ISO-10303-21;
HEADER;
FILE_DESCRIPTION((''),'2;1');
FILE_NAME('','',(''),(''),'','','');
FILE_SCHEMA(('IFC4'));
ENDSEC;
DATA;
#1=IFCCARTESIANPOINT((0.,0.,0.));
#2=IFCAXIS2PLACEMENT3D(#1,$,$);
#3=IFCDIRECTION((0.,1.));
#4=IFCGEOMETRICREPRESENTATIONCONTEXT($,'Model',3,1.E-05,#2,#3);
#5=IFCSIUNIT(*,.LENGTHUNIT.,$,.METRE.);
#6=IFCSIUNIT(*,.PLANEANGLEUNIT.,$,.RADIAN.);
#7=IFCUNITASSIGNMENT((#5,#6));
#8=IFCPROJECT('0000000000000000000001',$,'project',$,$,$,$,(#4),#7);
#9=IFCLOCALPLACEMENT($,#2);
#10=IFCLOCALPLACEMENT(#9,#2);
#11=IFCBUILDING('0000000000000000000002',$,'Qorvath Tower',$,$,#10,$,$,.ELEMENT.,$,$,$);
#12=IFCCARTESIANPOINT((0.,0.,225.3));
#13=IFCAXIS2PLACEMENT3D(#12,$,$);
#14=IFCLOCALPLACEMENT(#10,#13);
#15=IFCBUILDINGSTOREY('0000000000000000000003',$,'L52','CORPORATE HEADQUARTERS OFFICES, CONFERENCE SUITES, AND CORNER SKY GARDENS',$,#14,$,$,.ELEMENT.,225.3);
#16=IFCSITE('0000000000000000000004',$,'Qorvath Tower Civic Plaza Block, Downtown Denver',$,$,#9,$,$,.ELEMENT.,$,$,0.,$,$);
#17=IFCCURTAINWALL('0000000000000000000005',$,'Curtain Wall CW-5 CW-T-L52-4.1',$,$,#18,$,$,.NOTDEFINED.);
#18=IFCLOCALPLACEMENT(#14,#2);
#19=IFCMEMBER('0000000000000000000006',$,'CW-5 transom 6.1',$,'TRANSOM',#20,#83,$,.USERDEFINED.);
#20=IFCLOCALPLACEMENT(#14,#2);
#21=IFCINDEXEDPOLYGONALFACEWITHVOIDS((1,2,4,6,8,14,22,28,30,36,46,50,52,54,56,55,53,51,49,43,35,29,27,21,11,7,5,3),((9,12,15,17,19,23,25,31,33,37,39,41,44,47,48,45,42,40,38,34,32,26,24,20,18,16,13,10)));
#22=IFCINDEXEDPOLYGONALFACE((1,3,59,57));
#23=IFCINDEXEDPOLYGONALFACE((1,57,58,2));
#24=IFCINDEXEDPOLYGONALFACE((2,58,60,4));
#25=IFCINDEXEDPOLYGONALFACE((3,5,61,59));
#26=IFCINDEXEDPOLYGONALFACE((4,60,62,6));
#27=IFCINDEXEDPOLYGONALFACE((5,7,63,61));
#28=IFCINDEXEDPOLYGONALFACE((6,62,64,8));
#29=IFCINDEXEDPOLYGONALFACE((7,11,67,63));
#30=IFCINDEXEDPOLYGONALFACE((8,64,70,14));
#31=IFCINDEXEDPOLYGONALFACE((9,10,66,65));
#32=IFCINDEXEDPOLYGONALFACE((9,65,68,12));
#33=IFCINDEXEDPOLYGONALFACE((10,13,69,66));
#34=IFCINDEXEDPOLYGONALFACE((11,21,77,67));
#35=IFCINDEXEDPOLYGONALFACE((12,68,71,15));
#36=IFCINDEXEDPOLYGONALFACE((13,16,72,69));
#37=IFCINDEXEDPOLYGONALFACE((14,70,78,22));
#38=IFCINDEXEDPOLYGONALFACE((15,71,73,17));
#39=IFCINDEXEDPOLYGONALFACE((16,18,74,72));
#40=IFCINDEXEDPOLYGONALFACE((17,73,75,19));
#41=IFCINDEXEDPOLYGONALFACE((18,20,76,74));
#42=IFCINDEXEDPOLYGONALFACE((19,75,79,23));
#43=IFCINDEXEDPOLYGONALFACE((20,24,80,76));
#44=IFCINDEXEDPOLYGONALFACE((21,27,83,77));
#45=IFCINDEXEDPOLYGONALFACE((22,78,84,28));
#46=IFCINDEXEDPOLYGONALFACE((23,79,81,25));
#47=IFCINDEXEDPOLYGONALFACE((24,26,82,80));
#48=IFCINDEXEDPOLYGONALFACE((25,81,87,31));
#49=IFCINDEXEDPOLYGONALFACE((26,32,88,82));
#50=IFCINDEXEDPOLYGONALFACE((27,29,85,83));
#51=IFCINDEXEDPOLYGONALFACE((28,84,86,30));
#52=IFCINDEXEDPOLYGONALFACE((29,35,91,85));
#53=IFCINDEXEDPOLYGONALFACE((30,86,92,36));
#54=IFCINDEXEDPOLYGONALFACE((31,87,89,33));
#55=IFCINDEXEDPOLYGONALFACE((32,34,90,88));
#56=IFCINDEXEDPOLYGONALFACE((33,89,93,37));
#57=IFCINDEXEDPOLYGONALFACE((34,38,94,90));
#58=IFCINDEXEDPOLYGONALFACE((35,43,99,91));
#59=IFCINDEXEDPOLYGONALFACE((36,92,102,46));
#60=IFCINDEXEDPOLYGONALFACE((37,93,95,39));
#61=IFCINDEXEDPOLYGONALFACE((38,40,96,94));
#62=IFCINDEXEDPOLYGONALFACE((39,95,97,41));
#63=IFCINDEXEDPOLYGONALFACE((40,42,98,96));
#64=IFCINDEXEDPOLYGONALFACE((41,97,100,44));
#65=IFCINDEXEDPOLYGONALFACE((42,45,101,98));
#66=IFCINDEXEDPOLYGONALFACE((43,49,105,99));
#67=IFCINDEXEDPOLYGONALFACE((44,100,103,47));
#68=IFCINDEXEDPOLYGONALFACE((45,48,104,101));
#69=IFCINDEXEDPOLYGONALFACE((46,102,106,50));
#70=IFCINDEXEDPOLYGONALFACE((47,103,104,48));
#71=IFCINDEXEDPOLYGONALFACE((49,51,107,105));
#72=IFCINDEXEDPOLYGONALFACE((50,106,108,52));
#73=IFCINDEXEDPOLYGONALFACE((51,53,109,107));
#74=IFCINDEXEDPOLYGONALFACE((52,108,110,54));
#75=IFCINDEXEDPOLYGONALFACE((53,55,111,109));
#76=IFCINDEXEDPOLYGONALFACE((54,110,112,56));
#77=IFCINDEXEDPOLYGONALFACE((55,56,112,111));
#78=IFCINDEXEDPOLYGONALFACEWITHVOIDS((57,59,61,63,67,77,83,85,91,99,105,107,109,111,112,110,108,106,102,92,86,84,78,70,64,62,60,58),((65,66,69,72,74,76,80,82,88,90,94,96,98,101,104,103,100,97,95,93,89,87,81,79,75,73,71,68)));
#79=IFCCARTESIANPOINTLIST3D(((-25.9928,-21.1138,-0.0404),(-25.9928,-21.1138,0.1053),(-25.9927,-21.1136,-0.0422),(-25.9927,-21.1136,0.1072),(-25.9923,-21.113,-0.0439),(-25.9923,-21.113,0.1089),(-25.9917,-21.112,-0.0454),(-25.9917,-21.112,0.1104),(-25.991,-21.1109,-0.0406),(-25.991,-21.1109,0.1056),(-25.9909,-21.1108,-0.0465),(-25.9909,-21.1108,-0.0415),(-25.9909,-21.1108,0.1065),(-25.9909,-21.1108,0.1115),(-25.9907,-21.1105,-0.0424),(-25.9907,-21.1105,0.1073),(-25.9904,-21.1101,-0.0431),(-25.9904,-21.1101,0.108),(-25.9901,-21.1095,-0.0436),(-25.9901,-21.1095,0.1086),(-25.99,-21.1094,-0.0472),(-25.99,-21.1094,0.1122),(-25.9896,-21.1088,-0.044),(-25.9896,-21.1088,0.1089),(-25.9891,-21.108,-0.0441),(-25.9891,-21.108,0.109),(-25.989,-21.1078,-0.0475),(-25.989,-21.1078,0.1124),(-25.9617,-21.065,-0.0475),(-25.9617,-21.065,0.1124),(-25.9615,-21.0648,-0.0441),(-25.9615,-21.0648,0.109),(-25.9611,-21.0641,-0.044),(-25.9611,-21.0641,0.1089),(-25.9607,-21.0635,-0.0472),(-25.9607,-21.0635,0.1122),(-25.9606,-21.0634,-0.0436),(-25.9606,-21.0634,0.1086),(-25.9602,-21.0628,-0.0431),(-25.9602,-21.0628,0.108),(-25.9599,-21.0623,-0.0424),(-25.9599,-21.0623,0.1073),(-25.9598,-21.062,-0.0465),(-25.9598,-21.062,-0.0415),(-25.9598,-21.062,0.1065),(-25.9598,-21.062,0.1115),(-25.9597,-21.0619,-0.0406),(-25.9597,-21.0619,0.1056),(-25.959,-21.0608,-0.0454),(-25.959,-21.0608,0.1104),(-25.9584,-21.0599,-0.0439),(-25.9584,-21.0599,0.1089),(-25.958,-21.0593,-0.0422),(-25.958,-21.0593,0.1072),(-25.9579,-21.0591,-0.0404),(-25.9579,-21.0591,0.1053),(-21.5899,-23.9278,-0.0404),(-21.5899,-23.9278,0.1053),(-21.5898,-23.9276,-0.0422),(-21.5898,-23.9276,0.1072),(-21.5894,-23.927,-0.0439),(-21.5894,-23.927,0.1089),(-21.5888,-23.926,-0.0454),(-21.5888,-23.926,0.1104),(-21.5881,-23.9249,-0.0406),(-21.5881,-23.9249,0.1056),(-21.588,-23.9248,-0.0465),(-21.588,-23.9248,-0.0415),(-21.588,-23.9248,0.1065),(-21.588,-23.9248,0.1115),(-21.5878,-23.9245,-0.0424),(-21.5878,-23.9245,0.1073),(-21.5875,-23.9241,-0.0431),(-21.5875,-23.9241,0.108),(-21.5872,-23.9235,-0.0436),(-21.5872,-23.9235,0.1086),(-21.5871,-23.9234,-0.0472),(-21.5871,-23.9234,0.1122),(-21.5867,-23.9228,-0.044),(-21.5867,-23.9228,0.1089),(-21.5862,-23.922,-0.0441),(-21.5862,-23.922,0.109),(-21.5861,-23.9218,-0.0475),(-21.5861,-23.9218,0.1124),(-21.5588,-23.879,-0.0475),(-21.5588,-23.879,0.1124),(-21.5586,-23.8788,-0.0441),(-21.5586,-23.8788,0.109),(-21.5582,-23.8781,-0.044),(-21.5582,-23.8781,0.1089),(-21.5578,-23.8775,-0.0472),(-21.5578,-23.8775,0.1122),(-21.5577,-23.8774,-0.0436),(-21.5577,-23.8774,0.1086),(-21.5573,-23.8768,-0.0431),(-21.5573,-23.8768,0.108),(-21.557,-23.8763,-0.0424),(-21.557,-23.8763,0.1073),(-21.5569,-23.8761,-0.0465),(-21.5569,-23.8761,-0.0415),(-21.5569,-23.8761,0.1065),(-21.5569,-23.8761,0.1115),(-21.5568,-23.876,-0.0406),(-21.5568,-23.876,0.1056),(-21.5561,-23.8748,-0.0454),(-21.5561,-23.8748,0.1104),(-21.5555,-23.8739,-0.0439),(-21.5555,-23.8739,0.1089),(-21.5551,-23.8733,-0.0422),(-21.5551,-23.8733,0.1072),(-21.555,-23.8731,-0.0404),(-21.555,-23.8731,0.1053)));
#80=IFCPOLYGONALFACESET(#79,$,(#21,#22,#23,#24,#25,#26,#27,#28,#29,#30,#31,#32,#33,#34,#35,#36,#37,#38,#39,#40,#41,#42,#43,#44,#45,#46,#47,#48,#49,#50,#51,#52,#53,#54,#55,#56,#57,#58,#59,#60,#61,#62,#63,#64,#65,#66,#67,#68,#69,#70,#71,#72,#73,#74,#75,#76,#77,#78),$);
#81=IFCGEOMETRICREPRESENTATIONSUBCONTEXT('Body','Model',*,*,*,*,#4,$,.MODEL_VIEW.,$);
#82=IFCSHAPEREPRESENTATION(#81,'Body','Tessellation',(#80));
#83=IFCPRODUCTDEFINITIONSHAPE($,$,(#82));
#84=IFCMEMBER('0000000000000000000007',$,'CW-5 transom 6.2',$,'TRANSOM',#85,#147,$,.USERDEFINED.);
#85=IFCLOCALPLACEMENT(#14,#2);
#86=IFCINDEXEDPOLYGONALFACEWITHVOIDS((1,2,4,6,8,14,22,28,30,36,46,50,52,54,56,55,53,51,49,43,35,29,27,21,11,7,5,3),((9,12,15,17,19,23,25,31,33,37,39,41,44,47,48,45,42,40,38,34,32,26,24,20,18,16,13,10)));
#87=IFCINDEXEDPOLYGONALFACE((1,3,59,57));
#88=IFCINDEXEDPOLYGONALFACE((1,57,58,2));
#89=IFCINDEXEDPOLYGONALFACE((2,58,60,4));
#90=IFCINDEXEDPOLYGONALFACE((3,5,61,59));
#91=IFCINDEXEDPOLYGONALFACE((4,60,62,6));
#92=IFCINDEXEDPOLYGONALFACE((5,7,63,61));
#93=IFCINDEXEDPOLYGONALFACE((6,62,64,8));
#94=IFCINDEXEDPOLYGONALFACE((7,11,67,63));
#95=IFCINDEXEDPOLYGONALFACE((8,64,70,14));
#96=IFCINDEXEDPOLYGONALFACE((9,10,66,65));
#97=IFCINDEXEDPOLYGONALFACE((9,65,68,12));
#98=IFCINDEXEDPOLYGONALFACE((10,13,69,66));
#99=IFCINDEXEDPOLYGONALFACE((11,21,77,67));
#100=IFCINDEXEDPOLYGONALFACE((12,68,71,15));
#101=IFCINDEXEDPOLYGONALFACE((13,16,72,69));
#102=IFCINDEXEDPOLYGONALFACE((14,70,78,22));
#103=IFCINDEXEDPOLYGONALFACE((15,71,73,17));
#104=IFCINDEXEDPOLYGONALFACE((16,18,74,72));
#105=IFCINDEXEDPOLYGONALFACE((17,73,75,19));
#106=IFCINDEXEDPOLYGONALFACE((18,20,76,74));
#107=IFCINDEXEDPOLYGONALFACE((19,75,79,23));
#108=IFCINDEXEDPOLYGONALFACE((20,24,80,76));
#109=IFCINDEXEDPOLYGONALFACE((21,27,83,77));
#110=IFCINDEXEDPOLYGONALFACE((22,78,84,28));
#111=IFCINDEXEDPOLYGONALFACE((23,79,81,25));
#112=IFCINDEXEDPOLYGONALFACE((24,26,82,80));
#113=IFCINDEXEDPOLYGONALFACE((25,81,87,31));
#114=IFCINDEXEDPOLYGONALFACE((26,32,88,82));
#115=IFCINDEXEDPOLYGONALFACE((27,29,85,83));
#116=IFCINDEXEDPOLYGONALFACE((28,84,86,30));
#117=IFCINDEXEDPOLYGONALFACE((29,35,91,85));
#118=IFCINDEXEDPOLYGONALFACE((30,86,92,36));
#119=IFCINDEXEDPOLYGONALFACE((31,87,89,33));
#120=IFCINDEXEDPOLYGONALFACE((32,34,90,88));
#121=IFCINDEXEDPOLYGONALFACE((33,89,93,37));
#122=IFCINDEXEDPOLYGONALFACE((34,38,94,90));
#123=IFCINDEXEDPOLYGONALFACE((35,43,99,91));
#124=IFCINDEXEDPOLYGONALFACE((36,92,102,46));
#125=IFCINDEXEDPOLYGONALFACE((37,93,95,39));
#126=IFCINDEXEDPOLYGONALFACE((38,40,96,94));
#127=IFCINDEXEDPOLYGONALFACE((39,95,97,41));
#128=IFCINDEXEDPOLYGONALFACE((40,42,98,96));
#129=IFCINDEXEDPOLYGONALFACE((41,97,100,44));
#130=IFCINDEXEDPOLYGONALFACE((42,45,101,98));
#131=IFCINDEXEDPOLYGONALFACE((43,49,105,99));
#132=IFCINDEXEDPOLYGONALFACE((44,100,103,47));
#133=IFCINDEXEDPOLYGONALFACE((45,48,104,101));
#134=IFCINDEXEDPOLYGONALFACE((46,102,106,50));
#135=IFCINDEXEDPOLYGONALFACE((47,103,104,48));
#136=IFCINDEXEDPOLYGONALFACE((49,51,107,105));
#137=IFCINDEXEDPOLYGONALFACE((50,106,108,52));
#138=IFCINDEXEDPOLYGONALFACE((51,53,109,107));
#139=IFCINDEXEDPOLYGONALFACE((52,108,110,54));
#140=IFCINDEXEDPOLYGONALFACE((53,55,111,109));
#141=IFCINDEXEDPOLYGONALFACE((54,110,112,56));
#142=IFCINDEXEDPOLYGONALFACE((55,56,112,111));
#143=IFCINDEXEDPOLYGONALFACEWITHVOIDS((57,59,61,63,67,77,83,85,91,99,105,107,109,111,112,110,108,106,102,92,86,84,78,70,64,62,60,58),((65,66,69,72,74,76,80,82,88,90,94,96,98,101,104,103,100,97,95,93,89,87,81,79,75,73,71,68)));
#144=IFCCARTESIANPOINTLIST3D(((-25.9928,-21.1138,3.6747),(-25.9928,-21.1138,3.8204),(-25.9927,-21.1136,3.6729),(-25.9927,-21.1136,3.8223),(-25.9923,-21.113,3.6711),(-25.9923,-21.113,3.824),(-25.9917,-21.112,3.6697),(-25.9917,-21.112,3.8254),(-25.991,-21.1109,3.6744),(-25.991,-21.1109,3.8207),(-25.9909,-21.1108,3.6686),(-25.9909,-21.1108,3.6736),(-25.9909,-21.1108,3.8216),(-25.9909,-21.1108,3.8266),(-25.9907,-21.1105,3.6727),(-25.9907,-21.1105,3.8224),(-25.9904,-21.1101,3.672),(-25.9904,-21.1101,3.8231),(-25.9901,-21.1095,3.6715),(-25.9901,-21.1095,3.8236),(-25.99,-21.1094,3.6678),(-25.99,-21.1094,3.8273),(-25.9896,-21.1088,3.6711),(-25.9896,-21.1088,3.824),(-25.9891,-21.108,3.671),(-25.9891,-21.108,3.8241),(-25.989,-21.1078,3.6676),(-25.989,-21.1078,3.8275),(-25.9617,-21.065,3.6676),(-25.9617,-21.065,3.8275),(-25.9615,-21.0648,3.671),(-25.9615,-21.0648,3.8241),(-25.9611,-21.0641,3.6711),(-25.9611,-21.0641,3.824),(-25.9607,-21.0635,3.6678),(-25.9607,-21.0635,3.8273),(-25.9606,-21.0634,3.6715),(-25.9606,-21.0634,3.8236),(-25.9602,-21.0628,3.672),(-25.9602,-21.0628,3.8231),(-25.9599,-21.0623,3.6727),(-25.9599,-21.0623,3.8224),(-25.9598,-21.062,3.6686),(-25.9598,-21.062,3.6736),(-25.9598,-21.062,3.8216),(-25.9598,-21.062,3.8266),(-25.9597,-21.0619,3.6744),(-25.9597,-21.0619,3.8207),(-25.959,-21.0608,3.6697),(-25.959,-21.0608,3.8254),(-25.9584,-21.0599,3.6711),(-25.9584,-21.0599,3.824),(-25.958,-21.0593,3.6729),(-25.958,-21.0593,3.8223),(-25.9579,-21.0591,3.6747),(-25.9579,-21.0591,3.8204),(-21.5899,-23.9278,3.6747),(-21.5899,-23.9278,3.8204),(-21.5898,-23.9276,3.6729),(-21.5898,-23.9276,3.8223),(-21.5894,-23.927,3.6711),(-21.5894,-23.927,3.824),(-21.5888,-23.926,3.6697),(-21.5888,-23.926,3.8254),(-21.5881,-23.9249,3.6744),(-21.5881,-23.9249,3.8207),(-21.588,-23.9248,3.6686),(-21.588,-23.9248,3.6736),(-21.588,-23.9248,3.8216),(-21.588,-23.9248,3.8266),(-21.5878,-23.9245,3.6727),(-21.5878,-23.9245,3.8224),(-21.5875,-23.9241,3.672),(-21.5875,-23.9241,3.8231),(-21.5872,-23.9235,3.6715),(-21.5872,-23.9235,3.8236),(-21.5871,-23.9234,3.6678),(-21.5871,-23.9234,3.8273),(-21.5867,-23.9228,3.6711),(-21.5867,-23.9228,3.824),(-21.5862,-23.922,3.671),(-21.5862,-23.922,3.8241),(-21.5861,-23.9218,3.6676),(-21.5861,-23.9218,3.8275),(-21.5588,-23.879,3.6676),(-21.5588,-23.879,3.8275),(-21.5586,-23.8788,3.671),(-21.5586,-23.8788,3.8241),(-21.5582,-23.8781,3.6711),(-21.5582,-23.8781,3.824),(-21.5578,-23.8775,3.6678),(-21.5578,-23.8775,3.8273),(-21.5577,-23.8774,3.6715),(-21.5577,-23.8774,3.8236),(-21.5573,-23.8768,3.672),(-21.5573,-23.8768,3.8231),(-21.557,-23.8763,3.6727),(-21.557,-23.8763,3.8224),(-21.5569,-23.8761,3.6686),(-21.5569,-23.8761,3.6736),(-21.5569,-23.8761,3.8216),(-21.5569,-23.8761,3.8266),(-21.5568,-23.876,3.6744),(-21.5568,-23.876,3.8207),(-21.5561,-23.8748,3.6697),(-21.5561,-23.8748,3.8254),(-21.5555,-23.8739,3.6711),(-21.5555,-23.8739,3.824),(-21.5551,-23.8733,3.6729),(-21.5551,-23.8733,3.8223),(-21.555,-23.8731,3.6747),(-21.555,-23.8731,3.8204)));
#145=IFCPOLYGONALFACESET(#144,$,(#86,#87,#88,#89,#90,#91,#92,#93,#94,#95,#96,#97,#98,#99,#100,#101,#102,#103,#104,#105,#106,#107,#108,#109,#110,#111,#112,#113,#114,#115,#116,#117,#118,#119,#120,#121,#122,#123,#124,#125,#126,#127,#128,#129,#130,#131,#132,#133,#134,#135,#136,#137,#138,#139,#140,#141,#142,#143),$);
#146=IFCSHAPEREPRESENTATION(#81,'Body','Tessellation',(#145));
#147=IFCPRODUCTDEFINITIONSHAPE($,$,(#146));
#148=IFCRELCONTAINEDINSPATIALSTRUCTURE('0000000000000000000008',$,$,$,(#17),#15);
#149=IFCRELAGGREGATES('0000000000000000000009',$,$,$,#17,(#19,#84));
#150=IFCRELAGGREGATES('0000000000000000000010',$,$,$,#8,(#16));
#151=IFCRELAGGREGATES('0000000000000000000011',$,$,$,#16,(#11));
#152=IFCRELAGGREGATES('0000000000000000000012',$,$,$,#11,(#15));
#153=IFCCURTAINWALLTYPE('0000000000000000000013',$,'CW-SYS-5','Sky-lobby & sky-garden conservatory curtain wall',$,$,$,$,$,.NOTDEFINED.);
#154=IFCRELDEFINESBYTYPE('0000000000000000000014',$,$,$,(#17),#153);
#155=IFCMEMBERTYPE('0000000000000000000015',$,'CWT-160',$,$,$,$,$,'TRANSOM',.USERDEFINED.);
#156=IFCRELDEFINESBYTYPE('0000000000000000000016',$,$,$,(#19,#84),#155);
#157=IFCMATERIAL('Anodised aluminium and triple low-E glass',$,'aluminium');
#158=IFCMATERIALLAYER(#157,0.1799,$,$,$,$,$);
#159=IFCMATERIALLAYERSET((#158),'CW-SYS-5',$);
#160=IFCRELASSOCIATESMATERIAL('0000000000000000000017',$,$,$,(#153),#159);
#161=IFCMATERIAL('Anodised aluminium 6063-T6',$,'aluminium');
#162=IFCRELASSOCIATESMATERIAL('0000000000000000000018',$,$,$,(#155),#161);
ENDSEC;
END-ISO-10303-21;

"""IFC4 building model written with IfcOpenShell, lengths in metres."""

from ifc_helpers import new_model, si_unit, direction, frame, origin, origin_2d, place, context, subcontext, project, spatial, hollow_rectangle, extrude, material, layer, layer_set, material_profile, profile_set, type_object, element, aggregate, save


model = new_model("IFC4")

# Units and contexts
model_context = context("Model", 3, precision=1e-05, world=origin(), true_north=direction((0.0, 1.0)))
body_context = subcontext(model_context, "Body", "Model", "MODEL_VIEW")
ifc_project = project(units=[si_unit("LENGTHUNIT", "METRE"), si_unit("PLANEANGLEUNIT", "RADIAN")], contexts=[model_context])

# Site, building, storey
site_placement = place(None, origin())
site = spatial("IfcSite", under=ifc_project, at=site_placement, Name="Qorvath Tower Civic Plaza Block, Downtown Denver", CompositionType="ELEMENT", RefElevation=0.0)
building_placement = place(site_placement, origin())
building = spatial("IfcBuilding", under=site, at=building_placement, Name="Qorvath Tower", CompositionType="ELEMENT")
storey_placement = place(building_placement, frame((0.0, 0.0, 225.3)))
storey = spatial("IfcBuildingStorey", under=building, at=storey_placement, Name="L52", Description="CORPORATE HEADQUARTERS OFFICES, CONFERENCE SUITES, AND CORNER SKY GARDENS", CompositionType="ELEMENT", Elevation=225.3)

# Curtain wall, members
ifc_material_1 = material(Name="Anodised aluminium and triple low-E glass", Category="aluminium")
ifc_layer_1 = layer(ifc_material_1, 0.1799)
ifc_layer_set_1 = layer_set([ifc_layer_1], Name="CW-SYS-5")
curtain_wall_type = type_object("IfcCurtainWallType", Name="CW-SYS-5", Description="Sky-lobby & sky-garden conservatory curtain wall", PredefinedType="NOTDEFINED", material=ifc_layer_set_1)
curtain_wall_placement = place(storey_placement, origin())
curtain_wall = element("IfcCurtainWall", 1, at=curtain_wall_placement, inside=storey, type_object=curtain_wall_type, Name="Curtain Wall CW-5 CW-T-L52-4.1", PredefinedType="NOTDEFINED")
ifc_material_2 = material(Name="Anodised aluminium 6063-T6", Category="aluminium")
ifc_material_profile_1 = material_profile(ifc_material_2, hollow_rectangle(XDim=0.0649, YDim=0.1599, WallThickness=0.0034, InnerFilletRadius=0.0034, OuterFilletRadius=0.0071, at=origin_2d()), Name="CWT 160x65")
ifc_profile_set_1 = profile_set([ifc_material_profile_1], Name="Anodised aluminium 6063-T6")
member_type_1 = type_object("IfcMemberType", Name="CWT-160", ElementType="TRANSOM", PredefinedType="USERDEFINED", material=ifc_profile_set_1)
member_1_placement = place(storey_placement, frame((-25.9753, -21.0864, 0.0325), z_axis=(0.842606, -0.538531, 0.0), x_axis=(0.538531, 0.842606, 0.0)))
member_1 = element("IfcMember", 2, at=member_1_placement, type_object=member_type_1, Name="CW-5 transom 6.1", ObjectType="TRANSOM", PredefinedType="USERDEFINED", context=body_context, shape_type="SweptSolid", body=[
    extrude(hollow_rectangle(XDim=0.0649, YDim=0.1599, WallThickness=0.0034, InnerFilletRadius=0.0034, OuterFilletRadius=0.0071, at=origin_2d()), origin(), (0.0, 0.0, 1.0), 5.2253),
])
member_2_placement = place(storey_placement, frame((-25.9753, -21.0864, 3.7476), z_axis=(0.842606, -0.538531, 0.0), x_axis=(0.538531, 0.842606, 0.0)))
member_2 = element("IfcMember", 3, at=member_2_placement, type_object=member_type_1, Name="CW-5 transom 6.2", ObjectType="TRANSOM", PredefinedType="USERDEFINED", context=body_context, shape_type="SweptSolid", body=[
    extrude(hollow_rectangle(XDim=0.0649, YDim=0.1599, WallThickness=0.0034, InnerFilletRadius=0.0034, OuterFilletRadius=0.0071, at=origin_2d()), origin(), (0.0, 0.0, 1.0), 5.2253),
])
aggregate(curtain_wall, [member_1, member_2])

save(model, "model.ifc")
